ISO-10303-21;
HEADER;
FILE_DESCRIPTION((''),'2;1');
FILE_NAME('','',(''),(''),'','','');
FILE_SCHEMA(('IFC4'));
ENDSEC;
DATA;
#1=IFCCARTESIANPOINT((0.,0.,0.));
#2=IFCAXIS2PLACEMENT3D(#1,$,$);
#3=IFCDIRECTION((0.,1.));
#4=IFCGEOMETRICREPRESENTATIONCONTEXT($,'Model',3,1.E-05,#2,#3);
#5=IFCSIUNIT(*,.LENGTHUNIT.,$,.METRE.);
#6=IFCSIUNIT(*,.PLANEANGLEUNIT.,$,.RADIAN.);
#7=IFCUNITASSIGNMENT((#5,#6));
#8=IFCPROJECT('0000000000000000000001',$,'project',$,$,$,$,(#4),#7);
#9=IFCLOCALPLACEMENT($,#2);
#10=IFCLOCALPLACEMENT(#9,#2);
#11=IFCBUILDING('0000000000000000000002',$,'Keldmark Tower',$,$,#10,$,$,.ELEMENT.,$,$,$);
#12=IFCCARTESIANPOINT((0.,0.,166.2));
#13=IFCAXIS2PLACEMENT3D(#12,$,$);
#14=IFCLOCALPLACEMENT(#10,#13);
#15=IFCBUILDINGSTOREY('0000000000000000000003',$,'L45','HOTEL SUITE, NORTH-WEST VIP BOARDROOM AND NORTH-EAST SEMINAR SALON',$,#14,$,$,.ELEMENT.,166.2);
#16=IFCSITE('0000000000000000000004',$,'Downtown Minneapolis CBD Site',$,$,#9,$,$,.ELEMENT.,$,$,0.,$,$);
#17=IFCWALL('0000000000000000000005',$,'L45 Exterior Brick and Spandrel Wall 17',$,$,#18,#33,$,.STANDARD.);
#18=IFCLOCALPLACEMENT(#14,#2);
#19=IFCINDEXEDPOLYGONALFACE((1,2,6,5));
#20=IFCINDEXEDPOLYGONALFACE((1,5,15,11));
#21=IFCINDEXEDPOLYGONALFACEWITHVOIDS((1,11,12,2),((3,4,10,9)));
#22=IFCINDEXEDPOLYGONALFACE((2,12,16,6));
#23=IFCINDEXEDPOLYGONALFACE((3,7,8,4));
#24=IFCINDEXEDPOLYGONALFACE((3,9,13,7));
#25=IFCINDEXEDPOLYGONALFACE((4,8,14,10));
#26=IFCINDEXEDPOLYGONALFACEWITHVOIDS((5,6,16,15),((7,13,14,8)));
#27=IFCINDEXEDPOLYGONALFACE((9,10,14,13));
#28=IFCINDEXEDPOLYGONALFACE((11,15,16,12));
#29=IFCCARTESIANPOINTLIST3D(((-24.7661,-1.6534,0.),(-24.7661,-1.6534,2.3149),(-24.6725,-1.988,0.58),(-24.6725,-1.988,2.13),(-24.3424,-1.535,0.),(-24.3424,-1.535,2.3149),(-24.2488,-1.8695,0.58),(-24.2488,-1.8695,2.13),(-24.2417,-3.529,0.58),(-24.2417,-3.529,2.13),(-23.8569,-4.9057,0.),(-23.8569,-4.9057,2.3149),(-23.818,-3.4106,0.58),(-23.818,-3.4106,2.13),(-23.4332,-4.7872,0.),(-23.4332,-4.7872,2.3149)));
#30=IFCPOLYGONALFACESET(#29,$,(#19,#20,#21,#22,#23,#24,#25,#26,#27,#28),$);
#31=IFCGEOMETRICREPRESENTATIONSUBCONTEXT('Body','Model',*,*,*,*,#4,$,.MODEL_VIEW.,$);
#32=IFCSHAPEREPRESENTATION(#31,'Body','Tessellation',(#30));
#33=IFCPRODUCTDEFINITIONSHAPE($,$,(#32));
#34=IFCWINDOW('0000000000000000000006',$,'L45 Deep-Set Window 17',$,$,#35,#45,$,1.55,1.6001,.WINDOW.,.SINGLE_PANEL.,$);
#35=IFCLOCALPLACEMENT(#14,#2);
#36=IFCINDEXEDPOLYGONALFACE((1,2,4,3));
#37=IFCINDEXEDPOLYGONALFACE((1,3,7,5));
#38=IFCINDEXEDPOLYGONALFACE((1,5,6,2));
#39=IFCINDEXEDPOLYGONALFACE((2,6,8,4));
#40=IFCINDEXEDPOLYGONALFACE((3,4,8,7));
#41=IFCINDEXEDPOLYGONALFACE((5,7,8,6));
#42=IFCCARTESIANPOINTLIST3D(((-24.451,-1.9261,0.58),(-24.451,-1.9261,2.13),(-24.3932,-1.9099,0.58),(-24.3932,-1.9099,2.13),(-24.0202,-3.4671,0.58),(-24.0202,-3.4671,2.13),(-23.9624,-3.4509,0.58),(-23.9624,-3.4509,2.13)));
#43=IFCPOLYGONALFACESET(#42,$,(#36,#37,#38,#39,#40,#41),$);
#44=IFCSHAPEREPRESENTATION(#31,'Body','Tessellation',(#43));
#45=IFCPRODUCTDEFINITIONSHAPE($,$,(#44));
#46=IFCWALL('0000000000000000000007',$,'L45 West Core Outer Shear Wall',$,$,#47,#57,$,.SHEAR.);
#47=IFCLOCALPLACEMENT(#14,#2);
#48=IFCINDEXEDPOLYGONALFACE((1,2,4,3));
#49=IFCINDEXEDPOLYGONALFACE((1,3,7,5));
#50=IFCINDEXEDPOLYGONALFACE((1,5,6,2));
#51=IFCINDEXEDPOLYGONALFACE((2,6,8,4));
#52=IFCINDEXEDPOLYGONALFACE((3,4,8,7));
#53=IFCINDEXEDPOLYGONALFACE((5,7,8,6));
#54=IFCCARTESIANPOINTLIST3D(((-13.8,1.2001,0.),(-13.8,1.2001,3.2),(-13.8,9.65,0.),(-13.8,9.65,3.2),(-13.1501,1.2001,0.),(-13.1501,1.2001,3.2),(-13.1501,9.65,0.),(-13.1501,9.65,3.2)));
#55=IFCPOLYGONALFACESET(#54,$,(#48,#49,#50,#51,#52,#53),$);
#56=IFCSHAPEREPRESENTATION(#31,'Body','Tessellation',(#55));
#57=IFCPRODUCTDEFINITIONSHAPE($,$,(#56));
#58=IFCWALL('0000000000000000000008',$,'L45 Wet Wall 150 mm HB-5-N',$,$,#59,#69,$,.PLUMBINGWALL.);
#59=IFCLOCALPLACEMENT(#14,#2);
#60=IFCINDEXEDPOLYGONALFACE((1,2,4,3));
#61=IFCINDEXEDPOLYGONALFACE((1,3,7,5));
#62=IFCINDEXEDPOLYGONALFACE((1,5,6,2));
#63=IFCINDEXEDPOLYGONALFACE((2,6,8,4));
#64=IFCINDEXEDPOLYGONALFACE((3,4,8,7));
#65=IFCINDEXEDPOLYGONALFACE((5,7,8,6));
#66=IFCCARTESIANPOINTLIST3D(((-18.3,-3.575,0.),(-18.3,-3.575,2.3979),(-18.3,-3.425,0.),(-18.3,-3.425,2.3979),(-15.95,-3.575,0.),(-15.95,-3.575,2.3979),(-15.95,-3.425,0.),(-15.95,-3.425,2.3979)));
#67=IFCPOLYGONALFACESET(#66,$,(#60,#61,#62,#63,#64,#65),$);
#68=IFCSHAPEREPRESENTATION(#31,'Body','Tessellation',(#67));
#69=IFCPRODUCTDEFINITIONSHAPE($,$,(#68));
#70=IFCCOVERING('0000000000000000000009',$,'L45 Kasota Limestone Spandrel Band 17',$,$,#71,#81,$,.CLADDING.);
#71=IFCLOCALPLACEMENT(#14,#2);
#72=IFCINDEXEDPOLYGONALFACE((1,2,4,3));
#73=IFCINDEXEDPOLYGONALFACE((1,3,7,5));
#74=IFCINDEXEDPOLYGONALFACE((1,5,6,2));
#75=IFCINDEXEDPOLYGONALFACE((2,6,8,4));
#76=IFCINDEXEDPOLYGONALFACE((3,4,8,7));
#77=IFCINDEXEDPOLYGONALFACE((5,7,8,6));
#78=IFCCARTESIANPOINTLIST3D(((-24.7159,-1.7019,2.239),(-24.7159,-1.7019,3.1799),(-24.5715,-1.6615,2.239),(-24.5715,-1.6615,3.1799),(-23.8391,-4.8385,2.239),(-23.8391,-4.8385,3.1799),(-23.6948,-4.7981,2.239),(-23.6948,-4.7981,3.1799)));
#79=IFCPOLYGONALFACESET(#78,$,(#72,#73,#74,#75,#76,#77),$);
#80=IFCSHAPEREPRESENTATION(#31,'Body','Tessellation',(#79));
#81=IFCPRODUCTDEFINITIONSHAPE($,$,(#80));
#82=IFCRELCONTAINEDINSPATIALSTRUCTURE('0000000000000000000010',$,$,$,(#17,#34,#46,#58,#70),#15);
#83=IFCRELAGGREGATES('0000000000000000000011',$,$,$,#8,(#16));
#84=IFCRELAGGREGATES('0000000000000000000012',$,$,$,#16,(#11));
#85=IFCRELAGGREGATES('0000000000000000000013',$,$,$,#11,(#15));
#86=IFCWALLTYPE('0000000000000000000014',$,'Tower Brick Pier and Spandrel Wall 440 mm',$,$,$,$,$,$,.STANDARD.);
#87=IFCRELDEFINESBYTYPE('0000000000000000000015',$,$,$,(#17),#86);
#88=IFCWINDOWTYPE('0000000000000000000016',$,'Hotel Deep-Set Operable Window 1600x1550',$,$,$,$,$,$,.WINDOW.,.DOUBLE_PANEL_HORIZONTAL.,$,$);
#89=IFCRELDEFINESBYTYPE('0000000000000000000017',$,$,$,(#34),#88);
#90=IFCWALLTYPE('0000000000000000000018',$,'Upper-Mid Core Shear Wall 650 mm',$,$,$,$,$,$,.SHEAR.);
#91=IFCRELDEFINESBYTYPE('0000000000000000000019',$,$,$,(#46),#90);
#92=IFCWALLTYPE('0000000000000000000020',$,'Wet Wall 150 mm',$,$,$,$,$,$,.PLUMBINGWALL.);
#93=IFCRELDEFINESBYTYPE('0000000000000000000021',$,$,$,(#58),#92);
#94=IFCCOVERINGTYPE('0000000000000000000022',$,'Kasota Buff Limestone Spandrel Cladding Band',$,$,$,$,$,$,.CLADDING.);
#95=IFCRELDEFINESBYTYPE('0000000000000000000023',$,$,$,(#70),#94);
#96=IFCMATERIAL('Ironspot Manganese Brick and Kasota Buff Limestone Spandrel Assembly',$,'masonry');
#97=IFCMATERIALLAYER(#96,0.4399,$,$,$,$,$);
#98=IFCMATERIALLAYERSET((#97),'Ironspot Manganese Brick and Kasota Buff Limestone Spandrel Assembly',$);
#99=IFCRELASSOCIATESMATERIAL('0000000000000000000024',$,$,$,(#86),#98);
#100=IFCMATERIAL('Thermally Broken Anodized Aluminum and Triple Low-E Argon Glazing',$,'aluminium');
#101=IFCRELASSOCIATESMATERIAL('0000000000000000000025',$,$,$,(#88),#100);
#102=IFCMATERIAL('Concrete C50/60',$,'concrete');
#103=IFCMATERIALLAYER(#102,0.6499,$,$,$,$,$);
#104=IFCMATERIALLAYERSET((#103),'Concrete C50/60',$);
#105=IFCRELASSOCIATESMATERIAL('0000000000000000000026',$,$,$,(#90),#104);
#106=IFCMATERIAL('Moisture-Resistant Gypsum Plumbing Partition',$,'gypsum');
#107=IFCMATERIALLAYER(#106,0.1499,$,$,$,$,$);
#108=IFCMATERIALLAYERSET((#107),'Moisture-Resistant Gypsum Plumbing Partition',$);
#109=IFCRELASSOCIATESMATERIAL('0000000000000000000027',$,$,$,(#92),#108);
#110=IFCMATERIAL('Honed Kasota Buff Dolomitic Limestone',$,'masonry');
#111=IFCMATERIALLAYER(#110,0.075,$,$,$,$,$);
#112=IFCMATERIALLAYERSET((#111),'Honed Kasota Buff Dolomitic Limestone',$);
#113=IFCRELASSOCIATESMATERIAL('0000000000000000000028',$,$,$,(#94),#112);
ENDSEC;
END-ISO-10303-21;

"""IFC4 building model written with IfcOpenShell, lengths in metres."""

from ifc_helpers import new_model, si_unit, direction, frame, frame_2d, origin, origin_2d, place, context, subcontext, project, spatial, rectangle, extrude, material, layer, layer_set, type_object, element, fill, save


model = new_model("IFC4")

# Units and contexts
model_context = context("Model", 3, precision=1e-05, world=origin(), true_north=direction((0.0, 1.0)))
body_context = subcontext(model_context, "Body", "Model", "MODEL_VIEW")
ifc_project = project(units=[si_unit("LENGTHUNIT", "METRE"), si_unit("PLANEANGLEUNIT", "RADIAN")], contexts=[model_context])

# Site, building, storey
site_placement = place(None, origin())
site = spatial("IfcSite", under=ifc_project, at=site_placement, Name="Downtown Minneapolis CBD Site", CompositionType="ELEMENT", RefElevation=0.0)
building_placement = place(site_placement, origin())
building = spatial("IfcBuilding", under=site, at=building_placement, Name="Keldmark Tower", CompositionType="ELEMENT")
storey_placement = place(building_placement, frame((0.0, 0.0, 166.2)))
storey = spatial("IfcBuildingStorey", under=building, at=storey_placement, Name="L45", Description="HOTEL SUITE, NORTH-WEST VIP BOARDROOM AND NORTH-EAST SEMINAR SALON", CompositionType="ELEMENT", Elevation=166.2)

# Wall, opening, window
ifc_material_1 = material(Name="Ironspot Manganese Brick and Kasota Buff Limestone Spandrel Assembly", Category="masonry")
ifc_layer_1 = layer(ifc_material_1, 0.4399)
ifc_layer_set_1 = layer_set([ifc_layer_1], Name="Ironspot Manganese Brick and Kasota Buff Limestone Spandrel Assembly")
wall_type_1 = type_object("IfcWallType", Name="Tower Brick Pier and Spandrel Wall 440 mm", PredefinedType="STANDARD", material=ifc_layer_set_1)
ifc_material_2 = material(Name="Thermally Broken Anodized Aluminum and Triple Low-E Argon Glazing", Category="aluminium")
window_type = type_object("IfcWindowType", Name="Hotel Deep-Set Operable Window 1600x1550", PartitioningType="DOUBLE_PANEL_HORIZONTAL", PredefinedType="WINDOW", material=ifc_material_2)
wall_1_placement = place(storey_placement, frame((-23.645, -4.8464, 0.0), z_axis=(0.0, 0.0, 1.0), x_axis=(-0.269236, 0.963074, 0.0)))
wall_1 = element("IfcWall", 1, at=wall_1_placement, inside=storey, type_object=wall_type_1, Name="L45 Exterior Brick and Spandrel Wall 17", PredefinedType="STANDARD", context=body_context, shape_type="SweptSolid", body=[
    extrude(rectangle(XDim=3.377, YDim=0.4399, at=frame_2d((1.6885, 0.0))), origin(), (0.0, 0.0, 1.0), 2.3149),
])
opening_1_placement = place(wall_1_placement, frame((1.4294, 0.0, 0.5801)))
opening_1 = element("IfcOpeningElement", 2, at=opening_1_placement, cuts=wall_1, PredefinedType="OPENING", context=body_context, shape_type="SweptSolid", body=[
    extrude(rectangle(XDim=1.6001, YDim=1.55, at=frame_2d((0.8, 0.7749))), frame((0.0, 0.23, 0.0), z_axis=(0.0, -1.0, 0.0), x_axis=(1.0, 0.0, 0.0)), (0.0, 0.0, 1.0), 0.46),
])
window_1_placement = place(opening_1_placement, origin())
window_1 = element("IfcWindow", 3, at=window_1_placement, inside=storey, type_object=window_type, Name="L45 Deep-Set Window 17", OverallHeight=1.55, OverallWidth=1.6001, PartitioningType="SINGLE_PANEL", PredefinedType="WINDOW", context=body_context, shape_type="SweptSolid", body=[
    extrude(rectangle(XDim=1.6001, YDim=1.55, at=frame_2d((0.8, 0.7749))), frame((0.0, -0.01, 0.0), z_axis=(0.0, -1.0, 0.0), x_axis=(1.0, 0.0, 0.0)), (0.0, 0.0, 1.0), 0.0601),
])
fill(opening_1, window_1)

# Walls
ifc_material_3 = material(Name="Concrete C50/60", Category="concrete")
ifc_layer_2 = layer(ifc_material_3, 0.6499)
ifc_layer_set_2 = layer_set([ifc_layer_2], Name="Concrete C50/60")
wall_type_2 = type_object("IfcWallType", Name="Upper-Mid Core Shear Wall 650 mm", PredefinedType="SHEAR", material=ifc_layer_set_2)
wall_2_placement = place(storey_placement, frame((-13.4751, 1.2, 0.0), z_axis=(0.0, 0.0, 1.0), x_axis=(0.0, 1.0, 0.0)))
element("IfcWall", 4, at=wall_2_placement, inside=storey, type_object=wall_type_2, Name="L45 West Core Outer Shear Wall", PredefinedType="SHEAR", context=body_context, shape_type="SweptSolid", body=[
    extrude(rectangle(XDim=8.45, YDim=0.6499, at=frame_2d((4.2251, 0.0))), origin(), (0.0, 0.0, 1.0), 3.2),
])
ifc_material_4 = material(Name="Moisture-Resistant Gypsum Plumbing Partition", Category="gypsum")
ifc_layer_3 = layer(ifc_material_4, 0.1499)
ifc_layer_set_3 = layer_set([ifc_layer_3], Name="Moisture-Resistant Gypsum Plumbing Partition")
wall_type_3 = type_object("IfcWallType", Name="Wet Wall 150 mm", PredefinedType="PLUMBINGWALL", material=ifc_layer_set_3)
wall_3_placement = place(storey_placement, frame((-18.3, -3.5, 0.0), z_axis=(0.0, 0.0, 1.0), x_axis=(1.0, 0.0, 0.0)))
element("IfcWall", 5, at=wall_3_placement, inside=storey, type_object=wall_type_3, Name="L45 Wet Wall 150 mm HB-5-N", PredefinedType="PLUMBINGWALL", context=body_context, shape_type="SweptSolid", body=[
    extrude(rectangle(XDim=2.3501, YDim=0.1499, at=frame_2d((1.175, 0.0))), origin(), (0.0, 0.0, 1.0), 2.3979),
])

# Covering
ifc_material_5 = material(Name="Honed Kasota Buff Dolomitic Limestone", Category="masonry")
ifc_layer_4 = layer(ifc_material_5, 0.075)
ifc_layer_set_4 = layer_set([ifc_layer_4], Name="Honed Kasota Buff Dolomitic Limestone")
covering_type = type_object("IfcCoveringType", Name="Kasota Buff Limestone Spandrel Cladding Band", PredefinedType="CLADDING", material=ifc_layer_set_4)
covering_placement = place(storey_placement, frame((-24.2053, -3.25, 2.239), z_axis=(0.0, 0.0, 1.0), x_axis=(0.269206, -0.963083, 0.0)))
element("IfcCovering", 6, at=covering_placement, inside=storey, type_object=covering_type, Name="L45 Kasota Limestone Spandrel Band 17", PredefinedType="CLADDING", context=body_context, shape_type="SweptSolid", body=[
    extrude(rectangle(XDim=3.2568, YDim=0.1499, at=origin_2d()), origin(), (0.0, 0.0, 1.0), 0.9409),
])

save(model, "model.ifc")
